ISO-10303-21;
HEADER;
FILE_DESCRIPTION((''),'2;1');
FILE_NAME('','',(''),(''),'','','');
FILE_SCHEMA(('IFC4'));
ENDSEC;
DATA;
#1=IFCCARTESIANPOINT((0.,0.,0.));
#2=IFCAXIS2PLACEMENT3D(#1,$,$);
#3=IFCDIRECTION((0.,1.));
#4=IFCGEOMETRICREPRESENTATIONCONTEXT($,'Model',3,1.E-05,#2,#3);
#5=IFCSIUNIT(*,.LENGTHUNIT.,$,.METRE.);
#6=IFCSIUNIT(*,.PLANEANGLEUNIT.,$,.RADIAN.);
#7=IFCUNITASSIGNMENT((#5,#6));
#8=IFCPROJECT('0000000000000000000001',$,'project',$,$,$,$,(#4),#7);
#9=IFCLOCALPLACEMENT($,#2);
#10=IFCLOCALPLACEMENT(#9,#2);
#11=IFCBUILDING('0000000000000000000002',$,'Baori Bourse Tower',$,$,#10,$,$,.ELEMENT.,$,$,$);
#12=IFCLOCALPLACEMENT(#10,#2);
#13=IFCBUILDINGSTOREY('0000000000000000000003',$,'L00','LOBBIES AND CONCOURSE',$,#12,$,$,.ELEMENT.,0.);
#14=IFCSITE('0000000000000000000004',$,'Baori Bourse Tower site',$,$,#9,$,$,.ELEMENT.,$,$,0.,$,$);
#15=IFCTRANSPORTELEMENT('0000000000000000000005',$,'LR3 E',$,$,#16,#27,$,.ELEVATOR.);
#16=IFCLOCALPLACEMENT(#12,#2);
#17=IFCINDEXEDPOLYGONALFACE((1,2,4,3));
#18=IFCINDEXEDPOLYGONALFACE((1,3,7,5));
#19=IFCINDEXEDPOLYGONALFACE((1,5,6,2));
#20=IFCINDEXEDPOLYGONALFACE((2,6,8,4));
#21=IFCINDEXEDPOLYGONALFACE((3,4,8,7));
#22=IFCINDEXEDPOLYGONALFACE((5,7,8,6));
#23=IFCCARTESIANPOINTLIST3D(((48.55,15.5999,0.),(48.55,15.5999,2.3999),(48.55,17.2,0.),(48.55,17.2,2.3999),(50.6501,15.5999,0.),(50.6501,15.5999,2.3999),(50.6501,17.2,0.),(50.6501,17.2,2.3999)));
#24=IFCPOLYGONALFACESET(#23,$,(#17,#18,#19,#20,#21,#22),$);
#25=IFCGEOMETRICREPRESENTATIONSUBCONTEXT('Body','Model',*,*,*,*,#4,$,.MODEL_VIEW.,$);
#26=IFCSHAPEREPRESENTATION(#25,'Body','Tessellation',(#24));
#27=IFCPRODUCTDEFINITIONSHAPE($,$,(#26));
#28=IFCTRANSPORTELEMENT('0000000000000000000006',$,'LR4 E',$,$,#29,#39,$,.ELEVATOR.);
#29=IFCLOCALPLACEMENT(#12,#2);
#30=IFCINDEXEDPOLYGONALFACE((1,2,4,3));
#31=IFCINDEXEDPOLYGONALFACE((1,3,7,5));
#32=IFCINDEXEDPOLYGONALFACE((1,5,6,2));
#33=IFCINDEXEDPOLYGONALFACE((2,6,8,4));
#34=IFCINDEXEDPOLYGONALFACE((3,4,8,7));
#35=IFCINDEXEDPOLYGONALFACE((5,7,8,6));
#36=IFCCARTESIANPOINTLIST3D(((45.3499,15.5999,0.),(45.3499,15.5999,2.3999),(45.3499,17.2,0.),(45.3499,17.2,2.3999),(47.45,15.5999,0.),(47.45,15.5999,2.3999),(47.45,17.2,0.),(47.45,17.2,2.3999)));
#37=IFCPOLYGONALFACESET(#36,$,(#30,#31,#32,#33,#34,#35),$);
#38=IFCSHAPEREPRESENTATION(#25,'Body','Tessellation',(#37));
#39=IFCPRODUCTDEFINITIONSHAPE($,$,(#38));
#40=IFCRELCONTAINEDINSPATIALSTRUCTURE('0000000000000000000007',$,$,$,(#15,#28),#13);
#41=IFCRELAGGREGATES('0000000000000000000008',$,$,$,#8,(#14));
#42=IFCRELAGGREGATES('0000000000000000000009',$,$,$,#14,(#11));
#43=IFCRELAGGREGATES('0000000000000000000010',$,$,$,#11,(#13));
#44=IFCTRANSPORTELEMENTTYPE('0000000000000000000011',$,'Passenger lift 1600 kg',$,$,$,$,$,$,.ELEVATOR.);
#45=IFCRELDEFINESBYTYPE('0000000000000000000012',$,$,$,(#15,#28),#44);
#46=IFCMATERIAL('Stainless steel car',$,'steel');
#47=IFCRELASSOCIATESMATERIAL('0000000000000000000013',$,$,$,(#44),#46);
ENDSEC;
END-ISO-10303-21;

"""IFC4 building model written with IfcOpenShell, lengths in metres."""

from ifc_helpers import new_model, si_unit, direction, frame, origin, origin_2d, place, context, subcontext, project, spatial, rectangle, extrude, material, type_object, element, save


model = new_model("IFC4")

# Units and contexts
model_context = context("Model", 3, precision=1e-05, world=origin(), true_north=direction((0.0, 1.0)))
body_context = subcontext(model_context, "Body", "Model", "MODEL_VIEW")
ifc_project = project(units=[si_unit("LENGTHUNIT", "METRE"), si_unit("PLANEANGLEUNIT", "RADIAN")], contexts=[model_context])

# Site, building, storey
site_placement = place(None, origin())
site = spatial("IfcSite", under=ifc_project, at=site_placement, Name="Baori Bourse Tower site", CompositionType="ELEMENT", RefElevation=0.0)
building_placement = place(site_placement, origin())
building = spatial("IfcBuilding", under=site, at=building_placement, Name="Baori Bourse Tower", CompositionType="ELEMENT")
storey_placement = place(building_placement, origin())
storey = spatial("IfcBuildingStorey", under=building, at=storey_placement, Name="L00", Description="LOBBIES AND CONCOURSE", CompositionType="ELEMENT", Elevation=0.0)

# Transport elements
ifc_material_1 = material(Name="Stainless steel car", Category="steel")
transport_element_type_1 = type_object("IfcTransportElementType", Name="Passenger lift 1600 kg", PredefinedType="ELEVATOR", material=ifc_material_1)
for number, where, z_axis, x_axis, name in (
    (1, (49.6001, 16.3999, 0.0), (0.0, 0.0, 1.0), (1.0, 0.0, 0.0), "LR3 E"),
    (2, (46.3999, 16.3999, 0.0), (0.0, 0.0, 1.0), (1.0, 0.0, 0.0), "LR4 E"),
):
    element("IfcTransportElement", number, at=place(storey_placement, frame(where, z_axis=z_axis, x_axis=x_axis)), inside=storey, type_object=transport_element_type_1, Name=name, PredefinedType="ELEVATOR", context=body_context, shape_type="SweptSolid", body=[
        extrude(rectangle(XDim=2.1001, YDim=1.6001, at=origin_2d()), origin(), (0.0, 0.0, 1.0), 2.3999),
    ])

save(model, "model.ifc")
